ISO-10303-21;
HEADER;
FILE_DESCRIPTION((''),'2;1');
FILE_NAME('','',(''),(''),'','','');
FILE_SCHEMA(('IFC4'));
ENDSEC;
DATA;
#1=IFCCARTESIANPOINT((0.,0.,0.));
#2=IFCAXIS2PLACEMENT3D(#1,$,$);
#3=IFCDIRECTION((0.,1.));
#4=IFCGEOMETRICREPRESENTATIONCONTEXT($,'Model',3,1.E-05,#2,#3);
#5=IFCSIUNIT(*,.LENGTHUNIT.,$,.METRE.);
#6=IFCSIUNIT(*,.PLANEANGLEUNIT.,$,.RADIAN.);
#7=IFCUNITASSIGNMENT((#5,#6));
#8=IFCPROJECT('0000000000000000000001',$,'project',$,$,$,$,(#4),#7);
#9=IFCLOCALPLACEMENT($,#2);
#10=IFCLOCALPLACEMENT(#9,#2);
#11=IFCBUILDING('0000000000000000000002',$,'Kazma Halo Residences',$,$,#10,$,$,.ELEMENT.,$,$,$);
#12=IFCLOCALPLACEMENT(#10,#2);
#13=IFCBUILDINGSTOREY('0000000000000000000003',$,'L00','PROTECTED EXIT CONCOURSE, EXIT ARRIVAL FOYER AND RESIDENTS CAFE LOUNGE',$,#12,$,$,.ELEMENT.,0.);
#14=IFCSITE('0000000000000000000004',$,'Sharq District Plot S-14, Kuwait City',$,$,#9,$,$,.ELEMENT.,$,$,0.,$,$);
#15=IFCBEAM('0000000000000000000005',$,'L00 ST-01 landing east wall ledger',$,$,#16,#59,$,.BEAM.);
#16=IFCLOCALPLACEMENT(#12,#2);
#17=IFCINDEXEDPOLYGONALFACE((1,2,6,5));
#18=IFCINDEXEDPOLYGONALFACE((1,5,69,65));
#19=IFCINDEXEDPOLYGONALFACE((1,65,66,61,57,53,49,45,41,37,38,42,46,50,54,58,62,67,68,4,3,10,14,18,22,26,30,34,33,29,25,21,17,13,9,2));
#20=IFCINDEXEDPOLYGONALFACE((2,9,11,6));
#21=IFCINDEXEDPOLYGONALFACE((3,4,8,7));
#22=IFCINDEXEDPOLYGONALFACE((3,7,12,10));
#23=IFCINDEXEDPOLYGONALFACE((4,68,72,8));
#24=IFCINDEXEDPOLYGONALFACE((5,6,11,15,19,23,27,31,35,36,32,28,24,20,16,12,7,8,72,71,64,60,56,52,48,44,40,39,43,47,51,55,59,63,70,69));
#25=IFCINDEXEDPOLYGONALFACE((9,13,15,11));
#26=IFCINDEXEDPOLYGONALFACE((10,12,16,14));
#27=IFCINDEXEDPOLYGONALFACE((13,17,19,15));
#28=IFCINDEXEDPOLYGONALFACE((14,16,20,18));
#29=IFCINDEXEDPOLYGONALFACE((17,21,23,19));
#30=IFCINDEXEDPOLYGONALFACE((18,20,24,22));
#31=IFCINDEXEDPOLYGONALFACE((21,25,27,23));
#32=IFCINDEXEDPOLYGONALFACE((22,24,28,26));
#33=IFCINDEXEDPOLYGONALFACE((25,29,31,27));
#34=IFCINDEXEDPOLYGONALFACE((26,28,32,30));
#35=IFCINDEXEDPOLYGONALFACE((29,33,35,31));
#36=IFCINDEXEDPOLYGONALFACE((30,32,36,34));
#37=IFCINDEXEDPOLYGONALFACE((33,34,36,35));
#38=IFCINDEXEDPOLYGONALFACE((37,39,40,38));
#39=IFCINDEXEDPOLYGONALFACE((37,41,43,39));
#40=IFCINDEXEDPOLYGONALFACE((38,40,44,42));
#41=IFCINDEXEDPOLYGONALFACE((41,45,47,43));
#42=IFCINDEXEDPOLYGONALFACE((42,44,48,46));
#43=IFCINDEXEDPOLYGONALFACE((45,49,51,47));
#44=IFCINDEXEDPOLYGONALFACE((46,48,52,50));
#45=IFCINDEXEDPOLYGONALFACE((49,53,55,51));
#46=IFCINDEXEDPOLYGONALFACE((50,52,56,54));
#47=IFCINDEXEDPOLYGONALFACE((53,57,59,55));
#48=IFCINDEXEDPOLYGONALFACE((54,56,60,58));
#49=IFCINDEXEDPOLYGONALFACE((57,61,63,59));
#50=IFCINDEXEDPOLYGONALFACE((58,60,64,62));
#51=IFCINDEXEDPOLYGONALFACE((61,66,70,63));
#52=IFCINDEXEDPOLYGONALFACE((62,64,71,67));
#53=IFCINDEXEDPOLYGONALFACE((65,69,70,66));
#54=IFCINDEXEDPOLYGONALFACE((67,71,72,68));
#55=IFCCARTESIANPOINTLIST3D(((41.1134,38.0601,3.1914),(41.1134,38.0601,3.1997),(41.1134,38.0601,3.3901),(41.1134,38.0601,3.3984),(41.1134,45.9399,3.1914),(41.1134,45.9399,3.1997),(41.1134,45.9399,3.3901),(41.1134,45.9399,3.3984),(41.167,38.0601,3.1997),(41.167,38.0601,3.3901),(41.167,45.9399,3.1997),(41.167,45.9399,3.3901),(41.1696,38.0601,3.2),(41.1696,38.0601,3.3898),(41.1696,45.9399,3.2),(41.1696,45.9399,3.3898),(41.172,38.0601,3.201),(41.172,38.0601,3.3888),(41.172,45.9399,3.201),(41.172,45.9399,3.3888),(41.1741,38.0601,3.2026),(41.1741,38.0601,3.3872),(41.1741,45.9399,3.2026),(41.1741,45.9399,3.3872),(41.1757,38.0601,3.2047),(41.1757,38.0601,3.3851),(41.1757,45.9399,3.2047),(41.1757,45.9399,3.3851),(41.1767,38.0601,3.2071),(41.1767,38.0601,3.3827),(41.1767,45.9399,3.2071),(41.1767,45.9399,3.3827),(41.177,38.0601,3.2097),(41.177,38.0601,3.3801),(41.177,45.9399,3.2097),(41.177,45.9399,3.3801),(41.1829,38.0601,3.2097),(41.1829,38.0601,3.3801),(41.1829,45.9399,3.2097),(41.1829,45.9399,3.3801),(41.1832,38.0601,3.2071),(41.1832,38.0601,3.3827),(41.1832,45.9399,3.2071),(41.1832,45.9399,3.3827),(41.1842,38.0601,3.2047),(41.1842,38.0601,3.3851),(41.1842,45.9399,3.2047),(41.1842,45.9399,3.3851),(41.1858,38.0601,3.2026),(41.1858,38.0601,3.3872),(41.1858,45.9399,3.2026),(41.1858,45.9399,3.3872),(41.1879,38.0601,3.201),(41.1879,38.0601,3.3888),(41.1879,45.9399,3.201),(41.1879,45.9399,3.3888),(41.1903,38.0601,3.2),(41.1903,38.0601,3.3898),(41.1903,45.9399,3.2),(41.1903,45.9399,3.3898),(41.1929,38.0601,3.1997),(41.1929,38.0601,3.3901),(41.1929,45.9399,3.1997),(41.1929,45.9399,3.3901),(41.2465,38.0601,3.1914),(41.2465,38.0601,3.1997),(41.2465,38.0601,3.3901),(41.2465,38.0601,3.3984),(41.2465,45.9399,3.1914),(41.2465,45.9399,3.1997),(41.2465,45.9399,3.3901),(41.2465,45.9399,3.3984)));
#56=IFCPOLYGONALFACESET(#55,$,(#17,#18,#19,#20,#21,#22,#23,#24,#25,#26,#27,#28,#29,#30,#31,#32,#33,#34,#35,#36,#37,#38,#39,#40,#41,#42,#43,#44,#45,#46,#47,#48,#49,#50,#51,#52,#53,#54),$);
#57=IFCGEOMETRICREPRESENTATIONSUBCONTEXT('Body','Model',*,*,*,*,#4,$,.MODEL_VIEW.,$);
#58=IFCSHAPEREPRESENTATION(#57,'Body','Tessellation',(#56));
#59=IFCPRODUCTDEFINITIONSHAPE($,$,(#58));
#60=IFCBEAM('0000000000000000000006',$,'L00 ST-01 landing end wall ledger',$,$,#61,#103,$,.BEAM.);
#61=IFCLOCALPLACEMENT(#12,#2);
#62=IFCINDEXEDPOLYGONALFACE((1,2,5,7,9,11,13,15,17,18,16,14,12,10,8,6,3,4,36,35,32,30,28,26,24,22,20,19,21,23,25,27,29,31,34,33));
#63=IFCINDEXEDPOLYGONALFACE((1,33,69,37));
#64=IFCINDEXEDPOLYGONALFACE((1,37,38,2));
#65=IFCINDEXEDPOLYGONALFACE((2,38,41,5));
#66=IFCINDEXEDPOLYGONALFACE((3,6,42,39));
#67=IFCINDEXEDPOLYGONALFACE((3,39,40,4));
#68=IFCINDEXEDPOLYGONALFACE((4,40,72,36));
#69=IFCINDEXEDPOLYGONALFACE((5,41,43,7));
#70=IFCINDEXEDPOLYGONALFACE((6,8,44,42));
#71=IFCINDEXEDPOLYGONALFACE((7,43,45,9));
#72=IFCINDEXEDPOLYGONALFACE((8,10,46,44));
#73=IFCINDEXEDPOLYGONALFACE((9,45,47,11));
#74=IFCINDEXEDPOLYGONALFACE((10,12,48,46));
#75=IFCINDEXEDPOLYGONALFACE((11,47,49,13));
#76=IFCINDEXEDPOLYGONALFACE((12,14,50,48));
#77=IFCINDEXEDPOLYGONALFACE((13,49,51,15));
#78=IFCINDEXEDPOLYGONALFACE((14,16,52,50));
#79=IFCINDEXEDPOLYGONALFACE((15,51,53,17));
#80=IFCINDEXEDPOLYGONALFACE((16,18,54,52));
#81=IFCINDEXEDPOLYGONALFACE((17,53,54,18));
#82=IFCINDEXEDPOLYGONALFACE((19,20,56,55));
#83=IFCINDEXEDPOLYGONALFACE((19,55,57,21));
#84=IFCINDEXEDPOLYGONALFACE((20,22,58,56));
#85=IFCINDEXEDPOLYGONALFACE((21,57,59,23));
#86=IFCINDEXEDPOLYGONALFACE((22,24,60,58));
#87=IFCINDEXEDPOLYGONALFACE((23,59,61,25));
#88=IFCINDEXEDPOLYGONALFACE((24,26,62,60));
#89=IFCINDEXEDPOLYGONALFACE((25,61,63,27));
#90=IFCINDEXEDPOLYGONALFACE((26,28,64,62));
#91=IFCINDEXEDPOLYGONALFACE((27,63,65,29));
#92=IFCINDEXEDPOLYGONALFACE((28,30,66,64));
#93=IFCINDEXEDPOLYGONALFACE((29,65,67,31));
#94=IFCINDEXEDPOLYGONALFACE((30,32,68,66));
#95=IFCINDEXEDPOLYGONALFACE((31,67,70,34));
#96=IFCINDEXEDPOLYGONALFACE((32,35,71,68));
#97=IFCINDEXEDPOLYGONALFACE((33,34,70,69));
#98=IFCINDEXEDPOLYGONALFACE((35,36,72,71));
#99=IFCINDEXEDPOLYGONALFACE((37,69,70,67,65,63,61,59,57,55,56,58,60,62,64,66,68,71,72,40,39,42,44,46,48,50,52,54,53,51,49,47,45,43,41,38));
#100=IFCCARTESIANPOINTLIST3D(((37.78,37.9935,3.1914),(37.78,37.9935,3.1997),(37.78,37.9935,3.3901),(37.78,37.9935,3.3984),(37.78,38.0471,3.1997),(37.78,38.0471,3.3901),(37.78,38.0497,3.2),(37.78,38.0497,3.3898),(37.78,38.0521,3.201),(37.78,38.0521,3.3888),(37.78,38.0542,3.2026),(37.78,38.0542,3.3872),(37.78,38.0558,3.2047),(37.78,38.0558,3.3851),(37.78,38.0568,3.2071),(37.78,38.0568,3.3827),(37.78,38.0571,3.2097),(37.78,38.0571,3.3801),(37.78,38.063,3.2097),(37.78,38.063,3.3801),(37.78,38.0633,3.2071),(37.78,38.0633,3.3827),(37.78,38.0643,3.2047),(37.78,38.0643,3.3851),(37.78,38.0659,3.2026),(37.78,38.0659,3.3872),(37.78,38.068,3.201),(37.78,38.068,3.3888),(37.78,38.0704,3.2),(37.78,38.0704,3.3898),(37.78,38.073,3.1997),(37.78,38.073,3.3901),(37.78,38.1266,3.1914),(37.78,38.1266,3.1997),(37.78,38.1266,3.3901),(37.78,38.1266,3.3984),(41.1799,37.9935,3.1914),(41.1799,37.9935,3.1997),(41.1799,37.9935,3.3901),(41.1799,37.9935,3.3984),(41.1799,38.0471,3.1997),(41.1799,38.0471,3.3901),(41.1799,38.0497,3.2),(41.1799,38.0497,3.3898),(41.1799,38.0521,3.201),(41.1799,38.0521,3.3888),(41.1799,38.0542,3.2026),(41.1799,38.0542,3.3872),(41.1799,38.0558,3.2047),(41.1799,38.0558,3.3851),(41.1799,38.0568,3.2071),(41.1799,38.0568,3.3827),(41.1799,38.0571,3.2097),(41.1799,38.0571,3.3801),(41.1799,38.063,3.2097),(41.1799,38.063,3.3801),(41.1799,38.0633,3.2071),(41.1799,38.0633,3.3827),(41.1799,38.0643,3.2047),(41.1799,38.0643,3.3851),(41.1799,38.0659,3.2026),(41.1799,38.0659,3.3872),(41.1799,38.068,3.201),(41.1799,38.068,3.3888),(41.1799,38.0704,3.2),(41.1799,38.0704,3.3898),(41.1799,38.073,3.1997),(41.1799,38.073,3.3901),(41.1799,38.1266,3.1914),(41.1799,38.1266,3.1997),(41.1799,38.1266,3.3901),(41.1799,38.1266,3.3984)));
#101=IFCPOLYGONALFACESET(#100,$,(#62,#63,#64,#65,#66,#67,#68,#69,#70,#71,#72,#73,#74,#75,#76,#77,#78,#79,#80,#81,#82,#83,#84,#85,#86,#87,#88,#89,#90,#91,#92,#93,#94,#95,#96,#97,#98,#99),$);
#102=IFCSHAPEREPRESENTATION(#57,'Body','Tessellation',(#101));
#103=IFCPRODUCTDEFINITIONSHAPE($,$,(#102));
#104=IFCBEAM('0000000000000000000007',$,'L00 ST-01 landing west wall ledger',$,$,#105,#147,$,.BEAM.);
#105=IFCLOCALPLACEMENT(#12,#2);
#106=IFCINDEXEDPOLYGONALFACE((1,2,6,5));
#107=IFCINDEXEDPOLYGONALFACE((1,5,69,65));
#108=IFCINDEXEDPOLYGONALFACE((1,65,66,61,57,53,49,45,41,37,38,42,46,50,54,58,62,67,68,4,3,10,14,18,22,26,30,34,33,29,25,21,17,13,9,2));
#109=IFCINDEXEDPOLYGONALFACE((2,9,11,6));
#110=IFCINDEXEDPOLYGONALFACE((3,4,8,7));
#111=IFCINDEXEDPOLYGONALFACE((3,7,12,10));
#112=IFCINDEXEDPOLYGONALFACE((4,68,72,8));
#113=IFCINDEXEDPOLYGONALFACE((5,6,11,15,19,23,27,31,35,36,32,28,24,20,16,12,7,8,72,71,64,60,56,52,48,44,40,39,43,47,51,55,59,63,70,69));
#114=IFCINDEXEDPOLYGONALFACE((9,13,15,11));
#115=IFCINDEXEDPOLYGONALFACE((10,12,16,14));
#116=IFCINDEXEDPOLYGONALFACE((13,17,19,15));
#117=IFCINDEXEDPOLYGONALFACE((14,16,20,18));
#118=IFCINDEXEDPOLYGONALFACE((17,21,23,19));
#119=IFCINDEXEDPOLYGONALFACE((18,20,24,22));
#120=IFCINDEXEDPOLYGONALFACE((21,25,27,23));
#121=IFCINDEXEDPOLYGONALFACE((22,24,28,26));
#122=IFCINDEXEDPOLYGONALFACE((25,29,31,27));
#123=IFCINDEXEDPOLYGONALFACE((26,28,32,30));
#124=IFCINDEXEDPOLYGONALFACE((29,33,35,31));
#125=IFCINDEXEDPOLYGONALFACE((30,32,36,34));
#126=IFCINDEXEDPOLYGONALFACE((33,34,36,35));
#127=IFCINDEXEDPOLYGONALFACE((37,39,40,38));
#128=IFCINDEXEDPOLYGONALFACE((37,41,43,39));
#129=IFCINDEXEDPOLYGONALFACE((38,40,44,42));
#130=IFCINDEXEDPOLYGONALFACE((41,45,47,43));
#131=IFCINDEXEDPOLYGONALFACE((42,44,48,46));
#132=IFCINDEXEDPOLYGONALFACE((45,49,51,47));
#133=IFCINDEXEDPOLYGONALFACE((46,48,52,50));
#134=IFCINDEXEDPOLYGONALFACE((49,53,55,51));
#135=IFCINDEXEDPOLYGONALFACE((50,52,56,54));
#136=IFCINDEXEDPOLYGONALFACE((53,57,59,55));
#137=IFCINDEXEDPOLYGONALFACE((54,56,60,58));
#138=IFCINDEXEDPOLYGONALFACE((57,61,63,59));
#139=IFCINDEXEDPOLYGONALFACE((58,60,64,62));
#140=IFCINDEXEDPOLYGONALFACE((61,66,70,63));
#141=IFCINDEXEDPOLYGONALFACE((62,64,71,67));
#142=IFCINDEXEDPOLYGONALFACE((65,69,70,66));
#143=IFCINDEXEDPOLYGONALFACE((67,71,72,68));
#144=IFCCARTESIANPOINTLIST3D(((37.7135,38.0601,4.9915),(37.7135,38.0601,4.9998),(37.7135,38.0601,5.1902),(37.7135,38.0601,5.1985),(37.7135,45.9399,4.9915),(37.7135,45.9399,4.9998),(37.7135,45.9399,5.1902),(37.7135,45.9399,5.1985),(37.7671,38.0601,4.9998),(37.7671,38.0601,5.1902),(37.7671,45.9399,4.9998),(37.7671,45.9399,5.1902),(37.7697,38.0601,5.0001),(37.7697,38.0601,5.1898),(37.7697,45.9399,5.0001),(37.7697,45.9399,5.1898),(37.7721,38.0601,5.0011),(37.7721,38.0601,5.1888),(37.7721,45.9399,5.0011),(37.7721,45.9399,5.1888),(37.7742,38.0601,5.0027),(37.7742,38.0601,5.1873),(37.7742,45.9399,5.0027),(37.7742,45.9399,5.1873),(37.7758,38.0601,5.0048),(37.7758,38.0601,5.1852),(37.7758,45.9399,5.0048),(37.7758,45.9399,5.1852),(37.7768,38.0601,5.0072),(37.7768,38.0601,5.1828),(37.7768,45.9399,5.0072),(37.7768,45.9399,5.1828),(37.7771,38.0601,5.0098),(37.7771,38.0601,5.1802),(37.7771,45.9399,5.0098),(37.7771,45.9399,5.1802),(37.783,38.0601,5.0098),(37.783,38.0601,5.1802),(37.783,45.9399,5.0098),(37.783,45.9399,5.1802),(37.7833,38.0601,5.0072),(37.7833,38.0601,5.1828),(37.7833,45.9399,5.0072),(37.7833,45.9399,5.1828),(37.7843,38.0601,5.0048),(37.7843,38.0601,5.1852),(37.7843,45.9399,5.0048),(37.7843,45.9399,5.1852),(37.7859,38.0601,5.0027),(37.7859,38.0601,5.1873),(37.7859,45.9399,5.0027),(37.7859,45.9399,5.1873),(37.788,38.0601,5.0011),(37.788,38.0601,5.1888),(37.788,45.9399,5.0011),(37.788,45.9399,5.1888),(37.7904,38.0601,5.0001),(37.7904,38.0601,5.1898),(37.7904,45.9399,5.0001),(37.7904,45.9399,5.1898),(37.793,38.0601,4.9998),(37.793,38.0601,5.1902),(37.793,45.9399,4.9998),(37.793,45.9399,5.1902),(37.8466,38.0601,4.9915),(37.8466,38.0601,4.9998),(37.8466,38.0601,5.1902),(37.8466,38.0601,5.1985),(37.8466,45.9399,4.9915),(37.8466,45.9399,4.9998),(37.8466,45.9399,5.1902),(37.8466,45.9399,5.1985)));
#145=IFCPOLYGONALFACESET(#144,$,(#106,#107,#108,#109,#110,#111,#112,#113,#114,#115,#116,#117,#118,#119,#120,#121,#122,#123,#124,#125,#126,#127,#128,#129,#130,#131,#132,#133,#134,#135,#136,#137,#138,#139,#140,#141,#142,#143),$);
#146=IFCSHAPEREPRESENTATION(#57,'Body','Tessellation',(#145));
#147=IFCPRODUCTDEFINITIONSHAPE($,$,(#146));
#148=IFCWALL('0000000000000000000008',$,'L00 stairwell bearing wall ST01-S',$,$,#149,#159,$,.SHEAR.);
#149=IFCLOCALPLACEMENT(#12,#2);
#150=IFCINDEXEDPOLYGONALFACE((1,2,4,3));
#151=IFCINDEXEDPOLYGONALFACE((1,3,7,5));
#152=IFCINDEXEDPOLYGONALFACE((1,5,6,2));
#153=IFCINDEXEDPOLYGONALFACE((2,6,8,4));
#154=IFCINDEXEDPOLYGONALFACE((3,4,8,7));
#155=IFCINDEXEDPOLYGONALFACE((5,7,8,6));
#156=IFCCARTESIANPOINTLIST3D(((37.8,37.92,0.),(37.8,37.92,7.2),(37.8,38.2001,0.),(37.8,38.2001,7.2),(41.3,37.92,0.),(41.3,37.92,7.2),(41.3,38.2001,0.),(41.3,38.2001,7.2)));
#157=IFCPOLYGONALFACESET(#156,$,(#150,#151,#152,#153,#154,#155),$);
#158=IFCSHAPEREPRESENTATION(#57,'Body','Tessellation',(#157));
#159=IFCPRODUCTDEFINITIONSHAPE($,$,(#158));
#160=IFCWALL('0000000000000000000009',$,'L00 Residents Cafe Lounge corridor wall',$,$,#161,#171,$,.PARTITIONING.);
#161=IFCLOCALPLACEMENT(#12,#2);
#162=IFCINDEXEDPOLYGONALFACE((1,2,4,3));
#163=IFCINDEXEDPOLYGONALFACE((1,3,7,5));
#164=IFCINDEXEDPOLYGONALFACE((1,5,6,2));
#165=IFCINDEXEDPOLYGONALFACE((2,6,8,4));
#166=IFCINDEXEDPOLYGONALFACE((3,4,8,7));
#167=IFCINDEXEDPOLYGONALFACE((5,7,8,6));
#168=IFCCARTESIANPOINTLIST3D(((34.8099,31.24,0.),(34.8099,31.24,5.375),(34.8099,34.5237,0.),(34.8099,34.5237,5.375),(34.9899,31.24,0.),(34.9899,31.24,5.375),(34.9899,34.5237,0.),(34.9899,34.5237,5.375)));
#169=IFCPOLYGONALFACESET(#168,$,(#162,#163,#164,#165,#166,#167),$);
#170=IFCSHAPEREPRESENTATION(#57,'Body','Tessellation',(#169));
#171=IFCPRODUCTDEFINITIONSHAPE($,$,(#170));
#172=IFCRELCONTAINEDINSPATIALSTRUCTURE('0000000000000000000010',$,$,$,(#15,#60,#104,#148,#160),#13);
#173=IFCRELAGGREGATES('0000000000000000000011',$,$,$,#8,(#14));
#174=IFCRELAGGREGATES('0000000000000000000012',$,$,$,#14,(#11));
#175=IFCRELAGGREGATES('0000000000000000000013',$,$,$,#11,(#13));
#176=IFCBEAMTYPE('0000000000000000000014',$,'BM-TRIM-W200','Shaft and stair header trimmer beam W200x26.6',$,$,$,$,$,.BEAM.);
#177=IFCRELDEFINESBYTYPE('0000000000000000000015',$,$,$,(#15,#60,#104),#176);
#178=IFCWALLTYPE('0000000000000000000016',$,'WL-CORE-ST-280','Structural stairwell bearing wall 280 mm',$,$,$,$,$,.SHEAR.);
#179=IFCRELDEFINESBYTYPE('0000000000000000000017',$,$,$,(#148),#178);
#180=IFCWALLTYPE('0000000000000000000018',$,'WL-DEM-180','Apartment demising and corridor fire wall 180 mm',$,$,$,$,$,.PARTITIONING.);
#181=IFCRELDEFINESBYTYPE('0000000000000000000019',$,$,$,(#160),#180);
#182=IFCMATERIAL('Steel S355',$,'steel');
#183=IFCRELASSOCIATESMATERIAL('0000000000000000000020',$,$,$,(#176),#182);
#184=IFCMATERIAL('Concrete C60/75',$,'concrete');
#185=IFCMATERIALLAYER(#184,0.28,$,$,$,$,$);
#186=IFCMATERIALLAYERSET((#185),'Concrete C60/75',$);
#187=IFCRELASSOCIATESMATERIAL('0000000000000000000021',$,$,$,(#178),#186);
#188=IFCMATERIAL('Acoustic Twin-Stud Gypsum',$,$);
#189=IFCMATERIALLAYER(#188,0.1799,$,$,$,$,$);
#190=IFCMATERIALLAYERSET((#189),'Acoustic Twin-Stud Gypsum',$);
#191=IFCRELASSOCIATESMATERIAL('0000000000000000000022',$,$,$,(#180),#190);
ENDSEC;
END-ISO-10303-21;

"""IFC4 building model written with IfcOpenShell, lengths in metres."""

from ifc_helpers import new_model, si_unit, direction, frame, frame_2d, origin, origin_2d, place, context, subcontext, project, spatial, rectangle, i_section, extrude, material, layer, layer_set, material_profile, profile_set, type_object, element, save


model = new_model("IFC4")

# Units and contexts
model_context = context("Model", 3, precision=1e-05, world=origin(), true_north=direction((0.0, 1.0)))
body_context = subcontext(model_context, "Body", "Model", "MODEL_VIEW")
ifc_project = project(units=[si_unit("LENGTHUNIT", "METRE"), si_unit("PLANEANGLEUNIT", "RADIAN")], contexts=[model_context])

# Site, building, storey
site_placement = place(None, origin())
site = spatial("IfcSite", under=ifc_project, at=site_placement, Name="Sharq District Plot S-14, Kuwait City", CompositionType="ELEMENT", RefElevation=0.0)
building_placement = place(site_placement, origin())
building = spatial("IfcBuilding", under=site, at=building_placement, Name="Kazma Halo Residences", CompositionType="ELEMENT")
storey_placement = place(building_placement, origin())
storey = spatial("IfcBuildingStorey", under=building, at=storey_placement, Name="L00", Description="PROTECTED EXIT CONCOURSE, EXIT ARRIVAL FOYER AND RESIDENTS CAFE LOUNGE", CompositionType="ELEMENT", Elevation=0.0)

# Beams
ifc_material_1 = material(Name="Steel S355", Category="steel")
ifc_material_profile_1 = material_profile(ifc_material_1, i_section(OverallWidth=0.1331, OverallDepth=0.207, WebThickness=0.0059, FlangeThickness=0.0083, FilletRadius=0.01, at=origin_2d()), Name="W200x26.6")
ifc_profile_set_1 = profile_set([ifc_material_profile_1], Name="Steel S355")
beam_type_1 = type_object("IfcBeamType", Name="BM-TRIM-W200", Description="Shaft and stair header trimmer beam W200x26.6", PredefinedType="BEAM", material=ifc_profile_set_1)
for number, where, z_axis, x_axis, name in (
    (1, (41.1799, 38.0601, 3.2949), (0.0, 1.0, 0.0), (-1.0, 0.0, 0.0), "L00 ST-01 landing east wall ledger"),
):
    element("IfcBeam", number, at=place(storey_placement, frame(where, z_axis=z_axis, x_axis=x_axis)), inside=storey, type_object=beam_type_1, Name=name, PredefinedType="BEAM", context=body_context, shape_type="SweptSolid", body=[
        extrude(i_section(OverallWidth=0.1331, OverallDepth=0.207, WebThickness=0.0059, FlangeThickness=0.0083, FilletRadius=0.01, at=origin_2d()), origin(), (0.0, 0.0, 1.0), 7.8799),
    ])
beam_1_placement = place(storey_placement, frame((37.78, 38.0601, 3.2949), z_axis=(1.0, 0.0, 0.0), x_axis=(0.0, 1.0, 0.0)))
element("IfcBeam", 2, at=beam_1_placement, inside=storey, type_object=beam_type_1, Name="L00 ST-01 landing end wall ledger", PredefinedType="BEAM", context=body_context, shape_type="SweptSolid", body=[
    extrude(i_section(OverallWidth=0.1331, OverallDepth=0.207, WebThickness=0.0059, FlangeThickness=0.0083, FilletRadius=0.01, at=origin_2d()), origin(), (0.0, 0.0, 1.0), 3.3999),
])
beam_2_placement = place(storey_placement, frame((37.78, 38.0601, 5.095), z_axis=(0.0, 1.0, 0.0), x_axis=(-1.0, 0.0, 0.0)))
element("IfcBeam", 3, at=beam_2_placement, inside=storey, type_object=beam_type_1, Name="L00 ST-01 landing west wall ledger", PredefinedType="BEAM", context=body_context, shape_type="SweptSolid", body=[
    extrude(i_section(OverallWidth=0.1331, OverallDepth=0.207, WebThickness=0.0059, FlangeThickness=0.0083, FilletRadius=0.01, at=origin_2d()), origin(), (0.0, 0.0, 1.0), 7.8799),
])

# Walls
ifc_material_2 = material(Name="Concrete C60/75", Category="concrete")
ifc_layer_1 = layer(ifc_material_2, 0.28)
ifc_layer_set_1 = layer_set([ifc_layer_1], Name="Concrete C60/75")
wall_type_1 = type_object("IfcWallType", Name="WL-CORE-ST-280", Description="Structural stairwell bearing wall 280 mm", PredefinedType="SHEAR", material=ifc_layer_set_1)
wall_1_placement = place(storey_placement, frame((37.8, 38.0601, 0.0), z_axis=(0.0, 0.0, 1.0), x_axis=(1.0, 0.0, 0.0)))
element("IfcWall", 4, at=wall_1_placement, inside=storey, type_object=wall_type_1, Name="L00 stairwell bearing wall ST01-S", PredefinedType="SHEAR", context=body_context, shape_type="SweptSolid", body=[
    extrude(rectangle(XDim=3.5, YDim=0.28, at=frame_2d((1.75, 0.0))), origin(), (0.0, 0.0, 1.0), 7.2),
])
ifc_material_3 = material(Name="Acoustic Twin-Stud Gypsum")
ifc_layer_2 = layer(ifc_material_3, 0.1799)
ifc_layer_set_2 = layer_set([ifc_layer_2], Name="Acoustic Twin-Stud Gypsum")
wall_type_2 = type_object("IfcWallType", Name="WL-DEM-180", Description="Apartment demising and corridor fire wall 180 mm", PredefinedType="PARTITIONING", material=ifc_layer_set_2)
wall_2_placement = place(storey_placement, frame((34.8999, 34.5237, 0.0), z_axis=(0.0, 0.0, 1.0), x_axis=(0.0, -1.0, 0.0)))
element("IfcWall", 5, at=wall_2_placement, inside=storey, type_object=wall_type_2, Name="L00 Residents Cafe Lounge corridor wall", PredefinedType="PARTITIONING", context=body_context, shape_type="SweptSolid", body=[
    extrude(rectangle(XDim=3.2837, YDim=0.1799, at=frame_2d((1.6418, 0.0))), origin(), (0.0, 0.0, 1.0), 5.375),
])

save(model, "model.ifc")
